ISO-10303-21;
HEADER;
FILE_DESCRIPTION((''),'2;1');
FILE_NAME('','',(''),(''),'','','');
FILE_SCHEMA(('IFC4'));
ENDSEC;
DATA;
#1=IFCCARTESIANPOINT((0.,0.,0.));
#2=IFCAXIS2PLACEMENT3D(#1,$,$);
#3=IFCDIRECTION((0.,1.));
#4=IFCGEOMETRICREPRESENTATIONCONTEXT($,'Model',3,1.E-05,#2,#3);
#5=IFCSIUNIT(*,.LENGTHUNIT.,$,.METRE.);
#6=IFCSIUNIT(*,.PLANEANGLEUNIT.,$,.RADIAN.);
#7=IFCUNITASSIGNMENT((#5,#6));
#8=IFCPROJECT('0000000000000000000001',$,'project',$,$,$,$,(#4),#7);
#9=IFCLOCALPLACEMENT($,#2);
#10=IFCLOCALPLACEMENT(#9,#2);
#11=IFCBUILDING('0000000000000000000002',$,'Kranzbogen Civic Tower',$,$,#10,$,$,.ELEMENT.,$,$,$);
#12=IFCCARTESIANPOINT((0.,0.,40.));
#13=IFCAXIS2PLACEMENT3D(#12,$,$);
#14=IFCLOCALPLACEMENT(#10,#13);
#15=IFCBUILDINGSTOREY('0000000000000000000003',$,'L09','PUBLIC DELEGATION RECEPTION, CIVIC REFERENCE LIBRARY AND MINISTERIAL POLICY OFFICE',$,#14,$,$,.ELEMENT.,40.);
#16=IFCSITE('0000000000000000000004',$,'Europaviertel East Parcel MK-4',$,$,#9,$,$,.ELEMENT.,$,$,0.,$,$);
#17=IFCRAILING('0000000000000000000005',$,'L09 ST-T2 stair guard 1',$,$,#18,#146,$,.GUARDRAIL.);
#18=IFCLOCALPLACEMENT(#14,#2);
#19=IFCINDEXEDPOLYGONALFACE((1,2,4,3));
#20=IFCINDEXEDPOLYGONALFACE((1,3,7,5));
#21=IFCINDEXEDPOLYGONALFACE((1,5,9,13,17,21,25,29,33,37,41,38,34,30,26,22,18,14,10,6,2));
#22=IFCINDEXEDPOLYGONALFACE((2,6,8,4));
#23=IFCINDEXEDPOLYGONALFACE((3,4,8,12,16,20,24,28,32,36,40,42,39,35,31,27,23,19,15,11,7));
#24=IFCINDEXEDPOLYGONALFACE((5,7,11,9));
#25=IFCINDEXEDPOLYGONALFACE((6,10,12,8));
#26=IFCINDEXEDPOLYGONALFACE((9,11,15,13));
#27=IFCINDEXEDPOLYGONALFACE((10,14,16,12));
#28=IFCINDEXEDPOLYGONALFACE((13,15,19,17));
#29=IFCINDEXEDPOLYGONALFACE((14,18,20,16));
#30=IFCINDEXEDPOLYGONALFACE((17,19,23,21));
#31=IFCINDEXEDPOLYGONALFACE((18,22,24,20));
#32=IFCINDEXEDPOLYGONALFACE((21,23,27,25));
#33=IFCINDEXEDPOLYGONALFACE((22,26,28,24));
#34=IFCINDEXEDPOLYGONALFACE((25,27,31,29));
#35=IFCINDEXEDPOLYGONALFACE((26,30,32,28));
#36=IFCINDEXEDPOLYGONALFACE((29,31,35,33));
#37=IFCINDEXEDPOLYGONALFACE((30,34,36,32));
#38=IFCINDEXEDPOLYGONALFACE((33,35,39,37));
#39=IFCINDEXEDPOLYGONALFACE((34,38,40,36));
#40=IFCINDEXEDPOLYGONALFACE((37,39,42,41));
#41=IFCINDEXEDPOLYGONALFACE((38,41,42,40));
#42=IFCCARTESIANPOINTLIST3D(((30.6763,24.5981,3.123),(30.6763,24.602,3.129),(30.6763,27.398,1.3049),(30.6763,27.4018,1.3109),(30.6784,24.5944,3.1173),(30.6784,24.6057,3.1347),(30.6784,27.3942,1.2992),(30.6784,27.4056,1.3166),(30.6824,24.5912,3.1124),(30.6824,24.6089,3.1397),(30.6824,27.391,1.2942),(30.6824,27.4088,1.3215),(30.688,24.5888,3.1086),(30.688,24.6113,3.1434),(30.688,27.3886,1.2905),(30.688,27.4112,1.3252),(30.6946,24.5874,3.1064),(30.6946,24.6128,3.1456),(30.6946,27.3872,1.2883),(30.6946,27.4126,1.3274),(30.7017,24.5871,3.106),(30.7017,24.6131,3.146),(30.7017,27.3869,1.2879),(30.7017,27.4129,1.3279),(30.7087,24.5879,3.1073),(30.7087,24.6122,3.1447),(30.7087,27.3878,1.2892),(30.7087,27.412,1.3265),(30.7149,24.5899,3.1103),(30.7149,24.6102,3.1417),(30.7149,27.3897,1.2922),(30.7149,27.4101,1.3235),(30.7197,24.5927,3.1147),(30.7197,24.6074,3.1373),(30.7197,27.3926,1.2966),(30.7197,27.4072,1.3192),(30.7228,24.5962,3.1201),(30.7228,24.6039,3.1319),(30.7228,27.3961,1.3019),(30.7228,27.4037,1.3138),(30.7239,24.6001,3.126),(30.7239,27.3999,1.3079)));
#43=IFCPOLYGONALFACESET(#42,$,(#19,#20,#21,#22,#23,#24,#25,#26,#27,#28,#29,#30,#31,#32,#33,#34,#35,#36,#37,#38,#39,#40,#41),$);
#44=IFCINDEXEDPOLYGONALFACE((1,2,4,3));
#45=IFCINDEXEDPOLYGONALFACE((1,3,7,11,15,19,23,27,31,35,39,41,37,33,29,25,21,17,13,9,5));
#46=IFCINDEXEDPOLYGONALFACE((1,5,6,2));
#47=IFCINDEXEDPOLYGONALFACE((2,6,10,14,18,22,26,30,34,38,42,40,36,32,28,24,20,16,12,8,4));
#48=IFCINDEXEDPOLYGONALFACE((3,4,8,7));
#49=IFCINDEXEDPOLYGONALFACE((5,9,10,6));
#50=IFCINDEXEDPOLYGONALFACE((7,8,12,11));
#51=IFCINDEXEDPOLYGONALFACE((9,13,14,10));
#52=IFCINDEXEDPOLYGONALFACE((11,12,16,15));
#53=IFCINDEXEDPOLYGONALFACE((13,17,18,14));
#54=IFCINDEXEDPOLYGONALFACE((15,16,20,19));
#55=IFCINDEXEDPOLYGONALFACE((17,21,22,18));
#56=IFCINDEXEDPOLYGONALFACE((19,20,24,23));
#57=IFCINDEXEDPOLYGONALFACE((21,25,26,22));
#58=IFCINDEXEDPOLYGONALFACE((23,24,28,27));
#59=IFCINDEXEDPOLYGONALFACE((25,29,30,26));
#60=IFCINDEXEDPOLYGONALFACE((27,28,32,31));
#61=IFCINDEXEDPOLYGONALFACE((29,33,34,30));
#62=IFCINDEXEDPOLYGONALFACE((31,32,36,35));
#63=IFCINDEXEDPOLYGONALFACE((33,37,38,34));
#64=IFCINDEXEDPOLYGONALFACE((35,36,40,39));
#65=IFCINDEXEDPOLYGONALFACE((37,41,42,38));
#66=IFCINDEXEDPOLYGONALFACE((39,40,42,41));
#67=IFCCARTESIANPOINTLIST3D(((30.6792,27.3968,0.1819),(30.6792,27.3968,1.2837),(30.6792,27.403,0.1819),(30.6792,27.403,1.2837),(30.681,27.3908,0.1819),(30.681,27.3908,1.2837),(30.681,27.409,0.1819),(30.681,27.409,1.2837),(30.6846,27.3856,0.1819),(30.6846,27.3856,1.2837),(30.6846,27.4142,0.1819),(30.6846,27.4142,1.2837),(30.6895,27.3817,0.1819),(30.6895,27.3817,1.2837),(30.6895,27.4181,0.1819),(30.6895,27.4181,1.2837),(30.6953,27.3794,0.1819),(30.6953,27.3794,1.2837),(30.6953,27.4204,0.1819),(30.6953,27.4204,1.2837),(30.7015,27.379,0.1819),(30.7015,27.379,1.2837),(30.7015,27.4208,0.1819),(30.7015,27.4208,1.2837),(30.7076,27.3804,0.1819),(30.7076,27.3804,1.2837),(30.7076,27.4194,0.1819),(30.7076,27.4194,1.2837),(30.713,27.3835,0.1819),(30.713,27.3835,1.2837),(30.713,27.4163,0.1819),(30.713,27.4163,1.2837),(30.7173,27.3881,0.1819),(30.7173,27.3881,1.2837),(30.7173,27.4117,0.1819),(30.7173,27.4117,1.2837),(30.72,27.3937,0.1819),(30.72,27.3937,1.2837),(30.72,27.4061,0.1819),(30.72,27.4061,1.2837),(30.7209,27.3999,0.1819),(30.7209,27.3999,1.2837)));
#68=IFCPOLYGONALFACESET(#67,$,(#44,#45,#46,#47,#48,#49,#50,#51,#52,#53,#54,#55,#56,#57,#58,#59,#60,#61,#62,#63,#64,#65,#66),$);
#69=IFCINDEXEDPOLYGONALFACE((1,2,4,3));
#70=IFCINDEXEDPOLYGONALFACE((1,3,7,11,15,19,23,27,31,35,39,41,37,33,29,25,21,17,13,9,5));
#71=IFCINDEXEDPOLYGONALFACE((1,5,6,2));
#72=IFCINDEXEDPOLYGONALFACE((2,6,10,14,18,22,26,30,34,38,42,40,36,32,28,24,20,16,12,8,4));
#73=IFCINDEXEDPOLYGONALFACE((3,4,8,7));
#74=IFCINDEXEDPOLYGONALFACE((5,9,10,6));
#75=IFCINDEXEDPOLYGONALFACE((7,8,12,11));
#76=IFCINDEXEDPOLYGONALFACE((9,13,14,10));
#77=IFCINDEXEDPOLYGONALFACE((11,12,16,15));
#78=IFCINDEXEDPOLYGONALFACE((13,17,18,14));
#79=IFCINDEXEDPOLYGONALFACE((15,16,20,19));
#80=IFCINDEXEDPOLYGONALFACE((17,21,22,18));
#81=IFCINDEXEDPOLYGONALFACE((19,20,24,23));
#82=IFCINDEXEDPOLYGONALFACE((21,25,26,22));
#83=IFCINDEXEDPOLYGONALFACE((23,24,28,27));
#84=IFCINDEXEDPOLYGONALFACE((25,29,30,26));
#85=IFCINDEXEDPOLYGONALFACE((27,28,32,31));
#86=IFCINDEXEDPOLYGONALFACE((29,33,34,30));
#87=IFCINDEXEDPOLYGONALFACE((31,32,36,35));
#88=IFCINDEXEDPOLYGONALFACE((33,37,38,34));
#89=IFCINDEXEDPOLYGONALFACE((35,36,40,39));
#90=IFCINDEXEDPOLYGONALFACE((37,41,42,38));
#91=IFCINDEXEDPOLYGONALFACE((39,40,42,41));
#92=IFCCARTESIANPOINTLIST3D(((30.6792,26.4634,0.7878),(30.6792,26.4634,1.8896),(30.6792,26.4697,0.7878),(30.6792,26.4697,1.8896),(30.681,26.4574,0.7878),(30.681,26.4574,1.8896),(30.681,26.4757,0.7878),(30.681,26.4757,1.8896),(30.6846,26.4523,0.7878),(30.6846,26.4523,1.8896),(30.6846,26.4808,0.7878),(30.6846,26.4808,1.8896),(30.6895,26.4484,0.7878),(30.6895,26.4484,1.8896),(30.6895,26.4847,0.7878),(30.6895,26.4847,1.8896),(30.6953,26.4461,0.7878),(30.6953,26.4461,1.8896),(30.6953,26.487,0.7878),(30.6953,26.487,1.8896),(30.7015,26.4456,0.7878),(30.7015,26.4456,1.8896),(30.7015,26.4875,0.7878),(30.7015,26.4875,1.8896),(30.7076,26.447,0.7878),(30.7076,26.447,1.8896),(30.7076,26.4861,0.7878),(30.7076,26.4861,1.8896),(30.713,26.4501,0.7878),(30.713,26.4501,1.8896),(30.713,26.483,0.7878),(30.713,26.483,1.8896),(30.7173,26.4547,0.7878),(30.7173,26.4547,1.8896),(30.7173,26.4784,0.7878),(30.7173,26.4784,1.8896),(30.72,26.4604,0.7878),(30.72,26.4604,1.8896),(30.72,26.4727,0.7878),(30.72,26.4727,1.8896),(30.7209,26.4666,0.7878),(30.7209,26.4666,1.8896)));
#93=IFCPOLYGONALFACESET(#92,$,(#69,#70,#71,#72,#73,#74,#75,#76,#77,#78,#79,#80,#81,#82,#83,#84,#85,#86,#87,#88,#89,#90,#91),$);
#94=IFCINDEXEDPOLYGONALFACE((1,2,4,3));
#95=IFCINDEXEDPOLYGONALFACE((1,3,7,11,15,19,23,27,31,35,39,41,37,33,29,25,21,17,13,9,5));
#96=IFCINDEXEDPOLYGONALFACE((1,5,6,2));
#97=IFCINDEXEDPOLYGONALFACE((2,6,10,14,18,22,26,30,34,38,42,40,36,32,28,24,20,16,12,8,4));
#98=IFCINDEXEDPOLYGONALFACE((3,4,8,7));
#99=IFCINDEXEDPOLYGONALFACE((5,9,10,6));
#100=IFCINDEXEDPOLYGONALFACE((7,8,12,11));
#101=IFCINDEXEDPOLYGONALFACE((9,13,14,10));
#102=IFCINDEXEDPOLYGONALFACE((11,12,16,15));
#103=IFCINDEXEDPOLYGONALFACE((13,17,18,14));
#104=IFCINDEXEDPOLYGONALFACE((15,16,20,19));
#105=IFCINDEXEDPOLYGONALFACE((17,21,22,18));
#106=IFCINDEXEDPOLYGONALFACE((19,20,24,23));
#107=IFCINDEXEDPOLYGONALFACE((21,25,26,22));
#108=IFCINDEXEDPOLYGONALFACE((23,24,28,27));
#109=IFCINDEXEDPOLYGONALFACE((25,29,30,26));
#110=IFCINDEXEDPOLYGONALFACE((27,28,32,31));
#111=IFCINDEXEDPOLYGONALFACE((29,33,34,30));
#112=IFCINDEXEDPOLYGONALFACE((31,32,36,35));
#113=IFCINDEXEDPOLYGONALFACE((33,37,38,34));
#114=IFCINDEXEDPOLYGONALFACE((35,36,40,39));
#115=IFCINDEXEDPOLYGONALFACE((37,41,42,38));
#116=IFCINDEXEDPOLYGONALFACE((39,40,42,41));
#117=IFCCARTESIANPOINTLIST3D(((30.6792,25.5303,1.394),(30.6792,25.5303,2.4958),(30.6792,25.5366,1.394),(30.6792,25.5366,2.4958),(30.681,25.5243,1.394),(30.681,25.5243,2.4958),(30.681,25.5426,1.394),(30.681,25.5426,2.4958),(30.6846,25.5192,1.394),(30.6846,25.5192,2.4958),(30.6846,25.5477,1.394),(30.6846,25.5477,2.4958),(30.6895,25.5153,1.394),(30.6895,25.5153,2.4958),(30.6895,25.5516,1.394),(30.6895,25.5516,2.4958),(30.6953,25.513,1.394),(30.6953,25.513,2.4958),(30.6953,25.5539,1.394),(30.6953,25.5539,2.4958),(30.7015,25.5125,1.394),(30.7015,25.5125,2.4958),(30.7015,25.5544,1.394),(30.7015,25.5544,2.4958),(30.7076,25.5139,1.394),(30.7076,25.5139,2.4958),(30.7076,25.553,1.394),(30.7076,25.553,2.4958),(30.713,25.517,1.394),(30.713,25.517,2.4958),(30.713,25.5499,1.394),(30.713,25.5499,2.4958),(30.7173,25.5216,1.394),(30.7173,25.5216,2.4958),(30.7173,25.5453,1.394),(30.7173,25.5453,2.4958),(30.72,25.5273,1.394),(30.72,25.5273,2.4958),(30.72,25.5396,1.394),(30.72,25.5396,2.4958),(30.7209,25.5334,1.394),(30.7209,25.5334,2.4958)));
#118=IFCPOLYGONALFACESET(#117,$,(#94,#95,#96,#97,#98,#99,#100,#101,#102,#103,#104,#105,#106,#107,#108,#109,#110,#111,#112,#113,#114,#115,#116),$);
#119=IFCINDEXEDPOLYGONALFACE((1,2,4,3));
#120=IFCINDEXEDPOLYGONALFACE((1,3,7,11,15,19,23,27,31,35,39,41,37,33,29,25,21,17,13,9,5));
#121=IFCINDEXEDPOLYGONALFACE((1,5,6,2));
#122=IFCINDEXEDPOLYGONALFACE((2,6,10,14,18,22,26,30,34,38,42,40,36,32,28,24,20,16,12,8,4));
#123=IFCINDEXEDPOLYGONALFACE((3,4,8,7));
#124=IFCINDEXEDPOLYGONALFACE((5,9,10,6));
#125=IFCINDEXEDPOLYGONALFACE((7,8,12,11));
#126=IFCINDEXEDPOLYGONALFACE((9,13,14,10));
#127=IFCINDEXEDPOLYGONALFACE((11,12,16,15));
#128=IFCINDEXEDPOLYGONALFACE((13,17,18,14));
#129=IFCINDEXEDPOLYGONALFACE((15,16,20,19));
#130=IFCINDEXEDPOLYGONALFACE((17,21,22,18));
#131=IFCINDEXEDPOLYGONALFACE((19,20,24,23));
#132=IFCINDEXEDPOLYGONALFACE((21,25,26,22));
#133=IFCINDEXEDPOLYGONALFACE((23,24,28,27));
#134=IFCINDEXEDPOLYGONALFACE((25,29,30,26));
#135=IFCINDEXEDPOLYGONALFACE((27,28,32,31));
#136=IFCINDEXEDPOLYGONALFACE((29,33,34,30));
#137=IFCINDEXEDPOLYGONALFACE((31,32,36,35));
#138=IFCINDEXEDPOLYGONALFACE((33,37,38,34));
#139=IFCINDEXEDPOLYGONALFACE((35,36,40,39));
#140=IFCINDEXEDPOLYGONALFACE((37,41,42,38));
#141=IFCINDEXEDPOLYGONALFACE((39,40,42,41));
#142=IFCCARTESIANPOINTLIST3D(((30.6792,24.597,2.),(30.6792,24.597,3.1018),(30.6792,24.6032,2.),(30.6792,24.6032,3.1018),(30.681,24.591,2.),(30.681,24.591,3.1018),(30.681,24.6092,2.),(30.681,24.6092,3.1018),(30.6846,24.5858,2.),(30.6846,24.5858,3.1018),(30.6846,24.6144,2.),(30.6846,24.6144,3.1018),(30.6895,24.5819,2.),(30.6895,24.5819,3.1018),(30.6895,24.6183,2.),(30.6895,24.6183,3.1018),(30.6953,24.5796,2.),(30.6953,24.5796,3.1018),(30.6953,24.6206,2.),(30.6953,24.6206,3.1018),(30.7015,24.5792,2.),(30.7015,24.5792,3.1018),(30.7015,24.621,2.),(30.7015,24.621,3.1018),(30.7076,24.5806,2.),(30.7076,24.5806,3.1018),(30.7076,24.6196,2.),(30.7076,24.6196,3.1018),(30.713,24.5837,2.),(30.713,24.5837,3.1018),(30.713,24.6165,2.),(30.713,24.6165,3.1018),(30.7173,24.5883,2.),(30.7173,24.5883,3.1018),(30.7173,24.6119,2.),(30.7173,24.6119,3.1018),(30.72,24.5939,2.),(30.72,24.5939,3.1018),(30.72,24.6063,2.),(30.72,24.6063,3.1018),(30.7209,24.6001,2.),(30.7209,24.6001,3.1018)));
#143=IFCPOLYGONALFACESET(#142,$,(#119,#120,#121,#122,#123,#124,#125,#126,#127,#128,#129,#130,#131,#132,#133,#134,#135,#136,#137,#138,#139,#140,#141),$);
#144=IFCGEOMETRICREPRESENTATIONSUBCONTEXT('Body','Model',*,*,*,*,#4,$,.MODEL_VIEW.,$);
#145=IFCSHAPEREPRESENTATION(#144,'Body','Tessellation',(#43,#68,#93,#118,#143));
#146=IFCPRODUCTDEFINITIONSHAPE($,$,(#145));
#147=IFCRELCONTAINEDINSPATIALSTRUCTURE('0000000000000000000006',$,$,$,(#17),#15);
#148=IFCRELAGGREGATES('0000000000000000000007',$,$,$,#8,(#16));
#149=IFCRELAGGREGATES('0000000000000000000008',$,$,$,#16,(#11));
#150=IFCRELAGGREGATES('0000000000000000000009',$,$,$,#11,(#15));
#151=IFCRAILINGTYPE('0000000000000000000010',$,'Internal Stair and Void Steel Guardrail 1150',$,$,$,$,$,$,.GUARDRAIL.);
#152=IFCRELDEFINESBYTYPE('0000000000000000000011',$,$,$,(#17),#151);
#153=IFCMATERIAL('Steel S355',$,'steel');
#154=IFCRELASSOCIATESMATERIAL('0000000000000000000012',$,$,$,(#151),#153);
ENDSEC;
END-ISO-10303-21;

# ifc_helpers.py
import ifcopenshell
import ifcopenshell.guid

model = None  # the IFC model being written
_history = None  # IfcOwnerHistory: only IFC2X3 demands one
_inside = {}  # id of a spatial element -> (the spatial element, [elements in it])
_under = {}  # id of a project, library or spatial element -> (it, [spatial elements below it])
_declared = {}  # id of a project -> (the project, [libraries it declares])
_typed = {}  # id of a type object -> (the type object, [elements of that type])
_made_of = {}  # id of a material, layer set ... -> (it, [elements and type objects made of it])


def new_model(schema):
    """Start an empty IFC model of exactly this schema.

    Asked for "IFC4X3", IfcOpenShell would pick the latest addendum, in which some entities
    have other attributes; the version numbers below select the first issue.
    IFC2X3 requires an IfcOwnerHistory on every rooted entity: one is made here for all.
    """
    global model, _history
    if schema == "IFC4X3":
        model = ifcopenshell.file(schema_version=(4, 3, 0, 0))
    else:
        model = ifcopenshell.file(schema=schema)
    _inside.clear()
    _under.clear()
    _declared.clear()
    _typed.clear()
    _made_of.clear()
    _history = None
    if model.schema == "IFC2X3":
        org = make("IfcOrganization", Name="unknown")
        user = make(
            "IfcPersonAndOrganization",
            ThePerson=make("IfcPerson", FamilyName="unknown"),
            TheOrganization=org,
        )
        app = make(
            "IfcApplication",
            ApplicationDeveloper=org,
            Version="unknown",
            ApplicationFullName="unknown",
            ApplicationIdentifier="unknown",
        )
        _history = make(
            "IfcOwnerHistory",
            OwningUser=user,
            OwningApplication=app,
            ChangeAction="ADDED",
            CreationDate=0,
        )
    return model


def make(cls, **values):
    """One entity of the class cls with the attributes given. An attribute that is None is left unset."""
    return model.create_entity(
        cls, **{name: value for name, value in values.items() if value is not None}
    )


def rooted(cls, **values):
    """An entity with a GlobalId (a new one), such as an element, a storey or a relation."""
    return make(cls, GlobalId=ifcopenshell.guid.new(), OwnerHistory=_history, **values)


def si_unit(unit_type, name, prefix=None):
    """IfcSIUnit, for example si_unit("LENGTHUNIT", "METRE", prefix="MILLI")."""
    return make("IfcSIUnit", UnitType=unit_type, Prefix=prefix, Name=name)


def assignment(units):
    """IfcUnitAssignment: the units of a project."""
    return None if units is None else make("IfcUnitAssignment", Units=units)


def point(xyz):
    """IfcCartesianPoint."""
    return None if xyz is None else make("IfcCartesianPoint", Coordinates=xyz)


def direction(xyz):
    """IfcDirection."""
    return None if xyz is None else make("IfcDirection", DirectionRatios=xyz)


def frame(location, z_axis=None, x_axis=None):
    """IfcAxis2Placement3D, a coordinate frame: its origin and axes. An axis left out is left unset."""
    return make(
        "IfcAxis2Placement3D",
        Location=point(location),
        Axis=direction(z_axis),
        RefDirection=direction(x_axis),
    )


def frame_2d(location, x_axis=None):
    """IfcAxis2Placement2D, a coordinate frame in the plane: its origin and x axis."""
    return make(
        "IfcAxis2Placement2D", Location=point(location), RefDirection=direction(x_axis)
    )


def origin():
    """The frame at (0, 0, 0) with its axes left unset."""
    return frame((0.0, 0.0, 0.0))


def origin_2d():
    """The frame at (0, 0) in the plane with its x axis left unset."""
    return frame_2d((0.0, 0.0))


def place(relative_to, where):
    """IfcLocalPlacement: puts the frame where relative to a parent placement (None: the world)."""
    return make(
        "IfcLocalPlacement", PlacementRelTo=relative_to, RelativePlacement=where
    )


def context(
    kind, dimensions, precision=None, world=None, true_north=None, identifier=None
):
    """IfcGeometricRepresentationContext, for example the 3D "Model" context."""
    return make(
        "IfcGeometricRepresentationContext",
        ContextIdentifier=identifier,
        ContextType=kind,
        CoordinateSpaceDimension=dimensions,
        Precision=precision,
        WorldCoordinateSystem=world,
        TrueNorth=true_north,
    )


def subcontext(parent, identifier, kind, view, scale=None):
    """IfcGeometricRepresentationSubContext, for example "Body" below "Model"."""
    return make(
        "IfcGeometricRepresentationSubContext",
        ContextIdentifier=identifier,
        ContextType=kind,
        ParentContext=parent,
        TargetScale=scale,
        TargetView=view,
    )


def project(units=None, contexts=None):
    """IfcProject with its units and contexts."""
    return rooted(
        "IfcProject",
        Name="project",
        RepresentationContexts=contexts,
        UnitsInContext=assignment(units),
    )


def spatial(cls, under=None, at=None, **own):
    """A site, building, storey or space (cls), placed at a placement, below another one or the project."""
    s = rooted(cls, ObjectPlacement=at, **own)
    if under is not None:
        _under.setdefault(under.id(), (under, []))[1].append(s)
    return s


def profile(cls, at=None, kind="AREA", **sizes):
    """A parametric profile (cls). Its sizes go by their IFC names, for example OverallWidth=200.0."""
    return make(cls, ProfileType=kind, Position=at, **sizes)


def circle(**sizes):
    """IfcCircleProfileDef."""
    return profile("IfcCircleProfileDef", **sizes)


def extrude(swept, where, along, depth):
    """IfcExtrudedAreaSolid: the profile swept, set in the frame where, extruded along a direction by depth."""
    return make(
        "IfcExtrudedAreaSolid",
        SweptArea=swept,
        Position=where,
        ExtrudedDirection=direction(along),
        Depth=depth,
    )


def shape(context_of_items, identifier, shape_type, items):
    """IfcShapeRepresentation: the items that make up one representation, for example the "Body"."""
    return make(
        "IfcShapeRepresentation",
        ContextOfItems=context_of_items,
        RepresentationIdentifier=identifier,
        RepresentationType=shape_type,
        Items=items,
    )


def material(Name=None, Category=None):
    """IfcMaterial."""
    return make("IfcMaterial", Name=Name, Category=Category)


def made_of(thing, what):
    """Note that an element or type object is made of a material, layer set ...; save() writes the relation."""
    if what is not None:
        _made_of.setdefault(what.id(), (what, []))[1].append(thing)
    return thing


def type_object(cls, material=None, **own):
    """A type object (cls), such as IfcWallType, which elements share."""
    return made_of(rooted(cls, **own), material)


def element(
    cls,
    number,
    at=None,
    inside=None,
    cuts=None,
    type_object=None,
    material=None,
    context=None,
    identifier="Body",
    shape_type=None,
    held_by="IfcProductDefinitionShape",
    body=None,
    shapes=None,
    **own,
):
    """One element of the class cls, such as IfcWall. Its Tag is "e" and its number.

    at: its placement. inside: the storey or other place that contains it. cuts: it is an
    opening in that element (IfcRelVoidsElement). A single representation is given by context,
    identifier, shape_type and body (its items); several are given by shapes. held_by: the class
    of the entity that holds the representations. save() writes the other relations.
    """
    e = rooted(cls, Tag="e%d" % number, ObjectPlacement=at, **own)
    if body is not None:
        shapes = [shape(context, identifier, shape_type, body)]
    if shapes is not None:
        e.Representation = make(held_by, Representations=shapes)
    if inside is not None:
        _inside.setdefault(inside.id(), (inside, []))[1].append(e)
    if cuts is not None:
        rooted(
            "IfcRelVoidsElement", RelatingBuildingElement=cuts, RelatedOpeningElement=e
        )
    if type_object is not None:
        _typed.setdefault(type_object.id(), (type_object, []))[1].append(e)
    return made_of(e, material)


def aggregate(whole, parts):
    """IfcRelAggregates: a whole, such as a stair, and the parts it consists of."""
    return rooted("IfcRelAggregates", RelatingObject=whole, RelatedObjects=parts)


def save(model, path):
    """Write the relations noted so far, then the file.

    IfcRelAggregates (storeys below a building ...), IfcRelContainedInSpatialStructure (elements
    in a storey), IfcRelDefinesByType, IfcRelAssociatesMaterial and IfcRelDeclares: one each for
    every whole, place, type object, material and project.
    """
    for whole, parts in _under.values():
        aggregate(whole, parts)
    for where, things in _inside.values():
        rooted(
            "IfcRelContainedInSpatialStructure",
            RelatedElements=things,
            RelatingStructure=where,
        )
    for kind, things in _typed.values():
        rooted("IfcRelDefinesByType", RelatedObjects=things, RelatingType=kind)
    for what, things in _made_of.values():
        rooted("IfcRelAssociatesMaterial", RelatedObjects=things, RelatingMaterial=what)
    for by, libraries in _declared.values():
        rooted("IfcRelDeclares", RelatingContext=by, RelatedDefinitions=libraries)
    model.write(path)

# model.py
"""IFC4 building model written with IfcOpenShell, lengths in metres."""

from ifc_helpers import new_model, si_unit, direction, frame, origin, origin_2d, place, context, subcontext, project, spatial, circle, extrude, material, type_object, element, save


model = new_model("IFC4")

# Units and contexts
model_context = context("Model", 3, precision=1e-05, world=origin(), true_north=direction((0.0, 1.0)))
body_context = subcontext(model_context, "Body", "Model", "MODEL_VIEW")
ifc_project = project(units=[si_unit("LENGTHUNIT", "METRE"), si_unit("PLANEANGLEUNIT", "RADIAN")], contexts=[model_context])

# Site, building, storey
site_placement = place(None, origin())
site = spatial("IfcSite", under=ifc_project, at=site_placement, Name="Europaviertel East Parcel MK-4", CompositionType="ELEMENT", RefElevation=0.0)
building_placement = place(site_placement, origin())
building = spatial("IfcBuilding", under=site, at=building_placement, Name="Kranzbogen Civic Tower", CompositionType="ELEMENT")
storey_placement = place(building_placement, frame((0.0, 0.0, 40.0)))
storey = spatial("IfcBuildingStorey", under=building, at=storey_placement, Name="L09", Description="PUBLIC DELEGATION RECEPTION, CIVIC REFERENCE LIBRARY AND MINISTERIAL POLICY OFFICE", CompositionType="ELEMENT", Elevation=40.0)

# Shared definitions
ifc_material_1 = material(Name="Steel S355", Category="steel")

# Railing
railing_type_1 = type_object("IfcRailingType", Name="Internal Stair and Void Steel Guardrail 1150", PredefinedType="GUARDRAIL", material=ifc_material_1)
railing_1_placement = place(storey_placement, frame((30.7, 27.3999, 0.1819)))
element("IfcRailing", 1, at=railing_1_placement, inside=storey, type_object=railing_type_1, Name="L09 ST-T2 stair guard 1", PredefinedType="GUARDRAIL", context=body_context, shape_type="SweptSolid", body=[
    extrude(circle(Radius=0.0239, at=origin_2d()), frame((0.0, 0.0, 1.126), z_axis=(0.0, -0.838684, 0.544618), x_axis=(1.0, 0.0, 0.0)), (0.0, 0.0, 1.0), 3.3384),
    extrude(circle(Radius=0.021, at=origin_2d()), origin(), (0.0, 0.0, 1.0), 1.1018),
    extrude(circle(Radius=0.021, at=origin_2d()), frame((0.0, -0.9333, 0.606)), (0.0, 0.0, 1.0), 1.1018),
    extrude(circle(Radius=0.021, at=origin_2d()), frame((0.0, -1.8665, 1.2122)), (0.0, 0.0, 1.0), 1.1018),
    extrude(circle(Radius=0.021, at=origin_2d()), frame((0.0, -2.7998, 1.8181)), (0.0, 0.0, 1.0), 1.1018),
])

save(model, "model.ifc")
